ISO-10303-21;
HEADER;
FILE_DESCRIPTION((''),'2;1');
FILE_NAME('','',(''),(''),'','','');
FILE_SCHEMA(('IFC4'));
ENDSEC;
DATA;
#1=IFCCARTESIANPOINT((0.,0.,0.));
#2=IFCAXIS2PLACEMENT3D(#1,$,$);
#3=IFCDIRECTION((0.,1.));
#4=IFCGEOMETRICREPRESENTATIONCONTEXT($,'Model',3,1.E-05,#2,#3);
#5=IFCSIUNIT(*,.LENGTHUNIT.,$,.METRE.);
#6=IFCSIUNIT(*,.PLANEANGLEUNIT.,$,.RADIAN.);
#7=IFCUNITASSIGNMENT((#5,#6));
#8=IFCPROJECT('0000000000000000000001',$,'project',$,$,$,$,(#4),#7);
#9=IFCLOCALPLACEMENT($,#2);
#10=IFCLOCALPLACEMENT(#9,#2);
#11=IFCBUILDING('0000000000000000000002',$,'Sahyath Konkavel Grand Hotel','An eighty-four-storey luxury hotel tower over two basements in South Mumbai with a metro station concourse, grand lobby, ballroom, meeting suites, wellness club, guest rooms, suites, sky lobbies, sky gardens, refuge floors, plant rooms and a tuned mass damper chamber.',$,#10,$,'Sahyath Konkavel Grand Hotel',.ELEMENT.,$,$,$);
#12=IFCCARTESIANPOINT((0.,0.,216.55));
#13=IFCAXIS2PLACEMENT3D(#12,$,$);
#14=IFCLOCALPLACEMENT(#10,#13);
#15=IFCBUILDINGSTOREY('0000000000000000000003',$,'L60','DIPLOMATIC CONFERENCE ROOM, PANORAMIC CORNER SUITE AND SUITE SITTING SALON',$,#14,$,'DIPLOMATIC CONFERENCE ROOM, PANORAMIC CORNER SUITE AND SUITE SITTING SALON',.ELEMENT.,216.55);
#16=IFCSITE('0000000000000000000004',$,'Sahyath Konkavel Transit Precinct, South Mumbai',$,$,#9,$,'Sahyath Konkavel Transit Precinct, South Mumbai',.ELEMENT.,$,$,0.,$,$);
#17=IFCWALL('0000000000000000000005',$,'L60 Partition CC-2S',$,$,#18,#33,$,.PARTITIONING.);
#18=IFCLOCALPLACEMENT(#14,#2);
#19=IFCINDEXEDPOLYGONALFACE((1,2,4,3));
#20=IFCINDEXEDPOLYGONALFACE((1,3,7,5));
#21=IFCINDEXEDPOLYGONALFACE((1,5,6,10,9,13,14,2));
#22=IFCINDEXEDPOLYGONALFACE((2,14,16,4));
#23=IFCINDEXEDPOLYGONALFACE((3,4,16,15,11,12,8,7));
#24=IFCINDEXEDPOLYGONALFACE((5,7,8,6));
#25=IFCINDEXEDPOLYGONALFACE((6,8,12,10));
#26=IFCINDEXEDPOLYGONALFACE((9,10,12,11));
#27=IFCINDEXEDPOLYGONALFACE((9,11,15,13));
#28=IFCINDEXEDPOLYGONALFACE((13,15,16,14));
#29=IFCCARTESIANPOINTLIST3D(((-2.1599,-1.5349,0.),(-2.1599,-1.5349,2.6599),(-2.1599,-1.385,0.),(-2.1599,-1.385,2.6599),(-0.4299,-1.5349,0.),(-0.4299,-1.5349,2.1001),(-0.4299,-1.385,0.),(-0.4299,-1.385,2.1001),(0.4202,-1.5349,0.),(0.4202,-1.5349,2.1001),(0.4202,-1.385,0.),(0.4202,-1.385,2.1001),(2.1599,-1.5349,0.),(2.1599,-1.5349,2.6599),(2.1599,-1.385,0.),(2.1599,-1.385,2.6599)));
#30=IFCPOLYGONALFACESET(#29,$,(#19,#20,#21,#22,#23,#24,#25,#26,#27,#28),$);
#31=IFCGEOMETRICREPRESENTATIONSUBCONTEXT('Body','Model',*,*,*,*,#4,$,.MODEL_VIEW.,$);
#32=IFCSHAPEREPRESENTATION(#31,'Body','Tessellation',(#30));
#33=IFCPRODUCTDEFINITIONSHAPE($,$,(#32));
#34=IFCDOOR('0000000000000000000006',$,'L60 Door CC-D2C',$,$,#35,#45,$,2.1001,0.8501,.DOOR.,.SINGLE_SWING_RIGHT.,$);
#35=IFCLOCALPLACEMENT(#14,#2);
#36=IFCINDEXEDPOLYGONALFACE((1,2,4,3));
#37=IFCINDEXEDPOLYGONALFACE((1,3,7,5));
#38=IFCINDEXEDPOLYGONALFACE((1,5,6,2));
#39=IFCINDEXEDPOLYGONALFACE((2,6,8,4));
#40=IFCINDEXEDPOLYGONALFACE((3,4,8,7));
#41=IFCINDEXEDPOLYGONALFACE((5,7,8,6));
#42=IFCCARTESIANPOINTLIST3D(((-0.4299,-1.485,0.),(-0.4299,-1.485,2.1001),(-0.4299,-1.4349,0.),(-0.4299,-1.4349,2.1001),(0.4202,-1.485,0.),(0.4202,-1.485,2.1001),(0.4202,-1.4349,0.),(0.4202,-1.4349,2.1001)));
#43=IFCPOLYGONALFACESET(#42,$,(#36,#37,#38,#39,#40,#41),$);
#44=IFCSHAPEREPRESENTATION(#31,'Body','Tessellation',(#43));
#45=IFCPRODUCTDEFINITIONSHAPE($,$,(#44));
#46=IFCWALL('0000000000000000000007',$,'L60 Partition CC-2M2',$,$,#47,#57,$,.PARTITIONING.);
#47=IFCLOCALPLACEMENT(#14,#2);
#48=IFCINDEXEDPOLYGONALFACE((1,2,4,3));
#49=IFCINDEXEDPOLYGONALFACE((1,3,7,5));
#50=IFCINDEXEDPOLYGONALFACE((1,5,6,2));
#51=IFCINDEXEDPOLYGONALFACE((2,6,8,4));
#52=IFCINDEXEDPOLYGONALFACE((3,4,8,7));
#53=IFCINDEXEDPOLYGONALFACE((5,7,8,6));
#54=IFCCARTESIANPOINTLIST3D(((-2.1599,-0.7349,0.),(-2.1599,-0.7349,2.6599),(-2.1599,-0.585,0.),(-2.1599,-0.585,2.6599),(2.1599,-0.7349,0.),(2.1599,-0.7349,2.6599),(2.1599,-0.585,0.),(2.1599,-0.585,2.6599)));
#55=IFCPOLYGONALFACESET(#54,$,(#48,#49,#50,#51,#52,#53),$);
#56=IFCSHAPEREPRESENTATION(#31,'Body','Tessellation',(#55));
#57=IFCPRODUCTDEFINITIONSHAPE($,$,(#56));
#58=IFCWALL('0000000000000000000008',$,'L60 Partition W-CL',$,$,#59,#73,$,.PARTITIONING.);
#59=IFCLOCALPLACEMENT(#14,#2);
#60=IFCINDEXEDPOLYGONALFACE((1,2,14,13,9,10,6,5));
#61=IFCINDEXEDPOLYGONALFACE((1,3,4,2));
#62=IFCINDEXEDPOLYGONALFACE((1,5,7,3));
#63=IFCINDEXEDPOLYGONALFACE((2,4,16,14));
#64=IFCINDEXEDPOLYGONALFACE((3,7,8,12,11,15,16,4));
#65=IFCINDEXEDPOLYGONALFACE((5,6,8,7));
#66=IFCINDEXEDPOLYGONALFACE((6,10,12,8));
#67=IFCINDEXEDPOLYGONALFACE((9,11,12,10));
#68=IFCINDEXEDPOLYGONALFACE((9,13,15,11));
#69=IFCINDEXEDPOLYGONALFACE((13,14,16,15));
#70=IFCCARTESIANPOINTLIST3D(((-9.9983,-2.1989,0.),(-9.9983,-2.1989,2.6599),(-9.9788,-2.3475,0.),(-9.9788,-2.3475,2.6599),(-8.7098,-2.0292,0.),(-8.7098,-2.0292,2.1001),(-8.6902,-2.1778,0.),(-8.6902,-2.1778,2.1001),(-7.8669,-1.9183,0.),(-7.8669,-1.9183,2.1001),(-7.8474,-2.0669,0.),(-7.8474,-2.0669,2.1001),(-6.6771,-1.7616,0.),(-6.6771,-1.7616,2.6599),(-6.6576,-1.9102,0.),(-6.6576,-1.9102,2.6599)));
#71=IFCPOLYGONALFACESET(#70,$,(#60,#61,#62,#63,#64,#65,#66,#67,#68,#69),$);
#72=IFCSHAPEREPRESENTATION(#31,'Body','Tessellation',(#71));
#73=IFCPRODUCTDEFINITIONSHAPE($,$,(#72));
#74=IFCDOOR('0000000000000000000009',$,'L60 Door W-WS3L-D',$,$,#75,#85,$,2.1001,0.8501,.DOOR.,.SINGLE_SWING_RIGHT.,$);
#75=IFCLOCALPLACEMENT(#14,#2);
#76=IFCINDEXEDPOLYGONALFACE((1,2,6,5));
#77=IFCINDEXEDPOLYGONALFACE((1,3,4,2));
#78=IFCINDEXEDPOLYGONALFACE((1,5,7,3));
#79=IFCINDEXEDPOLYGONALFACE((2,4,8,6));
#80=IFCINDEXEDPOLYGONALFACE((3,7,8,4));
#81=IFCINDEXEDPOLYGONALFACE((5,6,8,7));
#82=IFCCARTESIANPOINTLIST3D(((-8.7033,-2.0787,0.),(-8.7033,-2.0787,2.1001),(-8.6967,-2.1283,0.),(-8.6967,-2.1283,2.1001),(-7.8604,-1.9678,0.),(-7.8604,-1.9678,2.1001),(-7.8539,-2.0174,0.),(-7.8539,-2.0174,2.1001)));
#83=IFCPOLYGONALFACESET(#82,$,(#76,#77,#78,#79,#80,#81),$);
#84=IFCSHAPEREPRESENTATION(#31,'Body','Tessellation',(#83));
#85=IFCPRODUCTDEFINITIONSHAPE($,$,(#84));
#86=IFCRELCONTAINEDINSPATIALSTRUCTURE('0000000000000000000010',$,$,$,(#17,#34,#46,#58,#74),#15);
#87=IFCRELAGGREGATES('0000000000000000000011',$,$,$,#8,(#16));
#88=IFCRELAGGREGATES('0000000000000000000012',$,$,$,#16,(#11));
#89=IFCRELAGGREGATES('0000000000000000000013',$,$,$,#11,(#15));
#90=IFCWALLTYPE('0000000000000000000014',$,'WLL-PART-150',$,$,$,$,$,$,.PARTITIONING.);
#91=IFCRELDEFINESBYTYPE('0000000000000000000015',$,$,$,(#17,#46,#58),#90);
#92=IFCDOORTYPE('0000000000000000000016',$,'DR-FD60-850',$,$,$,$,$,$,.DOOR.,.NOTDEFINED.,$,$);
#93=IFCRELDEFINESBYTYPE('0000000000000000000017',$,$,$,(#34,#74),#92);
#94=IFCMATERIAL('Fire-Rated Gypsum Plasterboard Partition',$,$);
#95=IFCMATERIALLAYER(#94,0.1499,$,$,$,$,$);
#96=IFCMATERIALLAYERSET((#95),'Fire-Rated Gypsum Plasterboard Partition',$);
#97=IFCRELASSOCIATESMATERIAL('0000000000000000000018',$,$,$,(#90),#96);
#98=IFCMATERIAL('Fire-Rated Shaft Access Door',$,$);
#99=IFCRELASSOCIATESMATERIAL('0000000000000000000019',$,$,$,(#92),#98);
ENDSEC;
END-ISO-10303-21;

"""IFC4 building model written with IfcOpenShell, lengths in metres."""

from ifc_helpers import new_model, si_unit, direction, frame, frame_2d, origin, origin_2d, place, context, subcontext, project, spatial, rectangle, extrude, source, transform, mapped, material, layer, layer_set, type_object, element, fill, save


model = new_model("IFC4")

# Units and contexts
model_context = context("Model", 3, precision=1e-05, world=origin(), true_north=direction((0.0, 1.0)))
body_context = subcontext(model_context, "Body", "Model", "MODEL_VIEW")
ifc_project = project(units=[si_unit("LENGTHUNIT", "METRE"), si_unit("PLANEANGLEUNIT", "RADIAN")], contexts=[model_context])

# Site, building, storey
site_placement = place(None, origin())
site = spatial("IfcSite", under=ifc_project, at=site_placement, Name="Sahyath Konkavel Transit Precinct, South Mumbai", LongName="Sahyath Konkavel Transit Precinct, South Mumbai", CompositionType="ELEMENT", RefElevation=0.0)
building_placement = place(site_placement, origin())
building = spatial("IfcBuilding", under=site, at=building_placement, Name="Sahyath Konkavel Grand Hotel", Description="An eighty-four-storey luxury hotel tower over two basements in South Mumbai with a metro station concourse, grand lobby, ballroom, meeting suites, wellness club, guest rooms, suites, sky lobbies, sky gardens, refuge floors, plant rooms and a tuned mass damper chamber.", LongName="Sahyath Konkavel Grand Hotel", CompositionType="ELEMENT")
storey_placement = place(building_placement, frame((0.0, 0.0, 216.55)))
storey = spatial("IfcBuildingStorey", under=building, at=storey_placement, Name="L60", Description="DIPLOMATIC CONFERENCE ROOM, PANORAMIC CORNER SUITE AND SUITE SITTING SALON", LongName="DIPLOMATIC CONFERENCE ROOM, PANORAMIC CORNER SUITE AND SUITE SITTING SALON", CompositionType="ELEMENT", Elevation=216.55)

# Shared definitions
ifc_material_1 = material(Name="Fire-Rated Gypsum Plasterboard Partition")
ifc_layer_1 = layer(ifc_material_1, 0.1499)
ifc_layer_set_1 = layer_set([ifc_layer_1], Name="Fire-Rated Gypsum Plasterboard Partition")
wall_type_1 = type_object("IfcWallType", Name="WLL-PART-150", PredefinedType="PARTITIONING", material=ifc_layer_set_1)

# Wall, opening, door
wall_1_placement = place(storey_placement, frame((-2.1599, -1.46, 0.0), z_axis=(0.0, 0.0, 1.0), x_axis=(1.0, 0.0, 0.0)))
wall_1 = element("IfcWall", 1, at=wall_1_placement, inside=storey, type_object=wall_type_1, Name="L60 Partition CC-2S", PredefinedType="PARTITIONING", context=body_context, shape_type="SweptSolid", body=[
    extrude(rectangle(XDim=4.3198, YDim=0.1499, at=frame_2d((2.1599, 0.0))), origin(), (0.0, 0.0, 1.0), 2.6599),
])
opening_1_placement = place(wall_1_placement, frame((1.73, 0.0, 0.0)))
opening_1 = element("IfcOpeningElement", 2, at=opening_1_placement, cuts=wall_1, PredefinedType="OPENING", context=body_context, shape_type="SweptSolid", body=[
    extrude(rectangle(XDim=0.8501, YDim=2.1001, at=frame_2d((0.425, 1.05))), frame((0.0, 0.085, 0.0), z_axis=(0.0, -1.0, 0.0), x_axis=(1.0, 0.0, 0.0)), (0.0, 0.0, 1.0), 0.1699),
])
ifc_material_2 = material(Name="Fire-Rated Shaft Access Door")
door_type_1 = type_object("IfcDoorType", Name="DR-FD60-850", OperationType="NOTDEFINED", PredefinedType="DOOR", material=ifc_material_2)
shared_shape_1 = source(origin(), body_context, "Body", "SweptSolid", [
    extrude(rectangle(XDim=0.8501, YDim=0.05, at=origin_2d()), origin(), (0.0, 0.0, 1.0), 2.1001),
])
door_1_placement = place(opening_1_placement, frame((0.425, 0.0, 0.0)))
door_1 = element("IfcDoor", 3, at=door_1_placement, inside=storey, type_object=door_type_1, Name="L60 Door CC-D2C", OperationType="SINGLE_SWING_RIGHT", OverallHeight=2.1001, OverallWidth=0.8501, PredefinedType="DOOR", context=body_context, shape_type="MappedRepresentation", body=[
    mapped(shared_shape_1, transform((0.0, 0.0, 0.0), scale=1.0)),
])
fill(opening_1, door_1)

# Wall
wall_2_placement = place(storey_placement, frame((-2.1599, -0.6599, 0.0), z_axis=(0.0, 0.0, 1.0), x_axis=(1.0, 0.0, 0.0)))
element("IfcWall", 4, at=wall_2_placement, inside=storey, type_object=wall_type_1, Name="L60 Partition CC-2M2", PredefinedType="PARTITIONING", context=body_context, shape_type="SweptSolid", body=[
    extrude(rectangle(XDim=4.3198, YDim=0.1499, at=frame_2d((2.1599, 0.0))), origin(), (0.0, 0.0, 1.0), 2.6599),
])

# Wall, opening, door
wall_3_placement = place(storey_placement, frame((-6.6675, -1.8359, 0.0), z_axis=(0.0, 0.0, 1.0), x_axis=(-0.991445, -0.130526, 0.0)))
wall_3 = element("IfcWall", 5, at=wall_3_placement, inside=storey, type_object=wall_type_1, Name="L60 Partition W-CL", PredefinedType="PARTITIONING", context=body_context, shape_type="SweptSolid", body=[
    extrude(rectangle(XDim=3.3499, YDim=0.1499, at=frame_2d((1.6748, 0.0))), origin(), (0.0, 0.0, 1.0), 2.6599),
])
opening_2_placement = place(wall_3_placement, frame((1.2, 0.0, 0.0)))
opening_2 = element("IfcOpeningElement", 6, at=opening_2_placement, cuts=wall_3, PredefinedType="OPENING", context=body_context, shape_type="SweptSolid", body=[
    extrude(rectangle(XDim=0.8501, YDim=2.1001, at=frame_2d((0.425, 1.05))), frame((0.0, 0.085, 0.0), z_axis=(0.0, -1.0, 0.0), x_axis=(1.0, 0.0, 0.0)), (0.0, 0.0, 1.0), 0.1699),
])
door_2_placement = place(opening_2_placement, frame((0.425, 0.0, 0.0)))
door_2 = element("IfcDoor", 7, at=door_2_placement, inside=storey, type_object=door_type_1, Name="L60 Door W-WS3L-D", OperationType="SINGLE_SWING_RIGHT", OverallHeight=2.1001, OverallWidth=0.8501, PredefinedType="DOOR", context=body_context, shape_type="MappedRepresentation", body=[
    mapped(shared_shape_1, transform((0.0, 0.0, 0.0), scale=1.0)),
])
fill(opening_2, door_2)

save(model, "model.ifc")
